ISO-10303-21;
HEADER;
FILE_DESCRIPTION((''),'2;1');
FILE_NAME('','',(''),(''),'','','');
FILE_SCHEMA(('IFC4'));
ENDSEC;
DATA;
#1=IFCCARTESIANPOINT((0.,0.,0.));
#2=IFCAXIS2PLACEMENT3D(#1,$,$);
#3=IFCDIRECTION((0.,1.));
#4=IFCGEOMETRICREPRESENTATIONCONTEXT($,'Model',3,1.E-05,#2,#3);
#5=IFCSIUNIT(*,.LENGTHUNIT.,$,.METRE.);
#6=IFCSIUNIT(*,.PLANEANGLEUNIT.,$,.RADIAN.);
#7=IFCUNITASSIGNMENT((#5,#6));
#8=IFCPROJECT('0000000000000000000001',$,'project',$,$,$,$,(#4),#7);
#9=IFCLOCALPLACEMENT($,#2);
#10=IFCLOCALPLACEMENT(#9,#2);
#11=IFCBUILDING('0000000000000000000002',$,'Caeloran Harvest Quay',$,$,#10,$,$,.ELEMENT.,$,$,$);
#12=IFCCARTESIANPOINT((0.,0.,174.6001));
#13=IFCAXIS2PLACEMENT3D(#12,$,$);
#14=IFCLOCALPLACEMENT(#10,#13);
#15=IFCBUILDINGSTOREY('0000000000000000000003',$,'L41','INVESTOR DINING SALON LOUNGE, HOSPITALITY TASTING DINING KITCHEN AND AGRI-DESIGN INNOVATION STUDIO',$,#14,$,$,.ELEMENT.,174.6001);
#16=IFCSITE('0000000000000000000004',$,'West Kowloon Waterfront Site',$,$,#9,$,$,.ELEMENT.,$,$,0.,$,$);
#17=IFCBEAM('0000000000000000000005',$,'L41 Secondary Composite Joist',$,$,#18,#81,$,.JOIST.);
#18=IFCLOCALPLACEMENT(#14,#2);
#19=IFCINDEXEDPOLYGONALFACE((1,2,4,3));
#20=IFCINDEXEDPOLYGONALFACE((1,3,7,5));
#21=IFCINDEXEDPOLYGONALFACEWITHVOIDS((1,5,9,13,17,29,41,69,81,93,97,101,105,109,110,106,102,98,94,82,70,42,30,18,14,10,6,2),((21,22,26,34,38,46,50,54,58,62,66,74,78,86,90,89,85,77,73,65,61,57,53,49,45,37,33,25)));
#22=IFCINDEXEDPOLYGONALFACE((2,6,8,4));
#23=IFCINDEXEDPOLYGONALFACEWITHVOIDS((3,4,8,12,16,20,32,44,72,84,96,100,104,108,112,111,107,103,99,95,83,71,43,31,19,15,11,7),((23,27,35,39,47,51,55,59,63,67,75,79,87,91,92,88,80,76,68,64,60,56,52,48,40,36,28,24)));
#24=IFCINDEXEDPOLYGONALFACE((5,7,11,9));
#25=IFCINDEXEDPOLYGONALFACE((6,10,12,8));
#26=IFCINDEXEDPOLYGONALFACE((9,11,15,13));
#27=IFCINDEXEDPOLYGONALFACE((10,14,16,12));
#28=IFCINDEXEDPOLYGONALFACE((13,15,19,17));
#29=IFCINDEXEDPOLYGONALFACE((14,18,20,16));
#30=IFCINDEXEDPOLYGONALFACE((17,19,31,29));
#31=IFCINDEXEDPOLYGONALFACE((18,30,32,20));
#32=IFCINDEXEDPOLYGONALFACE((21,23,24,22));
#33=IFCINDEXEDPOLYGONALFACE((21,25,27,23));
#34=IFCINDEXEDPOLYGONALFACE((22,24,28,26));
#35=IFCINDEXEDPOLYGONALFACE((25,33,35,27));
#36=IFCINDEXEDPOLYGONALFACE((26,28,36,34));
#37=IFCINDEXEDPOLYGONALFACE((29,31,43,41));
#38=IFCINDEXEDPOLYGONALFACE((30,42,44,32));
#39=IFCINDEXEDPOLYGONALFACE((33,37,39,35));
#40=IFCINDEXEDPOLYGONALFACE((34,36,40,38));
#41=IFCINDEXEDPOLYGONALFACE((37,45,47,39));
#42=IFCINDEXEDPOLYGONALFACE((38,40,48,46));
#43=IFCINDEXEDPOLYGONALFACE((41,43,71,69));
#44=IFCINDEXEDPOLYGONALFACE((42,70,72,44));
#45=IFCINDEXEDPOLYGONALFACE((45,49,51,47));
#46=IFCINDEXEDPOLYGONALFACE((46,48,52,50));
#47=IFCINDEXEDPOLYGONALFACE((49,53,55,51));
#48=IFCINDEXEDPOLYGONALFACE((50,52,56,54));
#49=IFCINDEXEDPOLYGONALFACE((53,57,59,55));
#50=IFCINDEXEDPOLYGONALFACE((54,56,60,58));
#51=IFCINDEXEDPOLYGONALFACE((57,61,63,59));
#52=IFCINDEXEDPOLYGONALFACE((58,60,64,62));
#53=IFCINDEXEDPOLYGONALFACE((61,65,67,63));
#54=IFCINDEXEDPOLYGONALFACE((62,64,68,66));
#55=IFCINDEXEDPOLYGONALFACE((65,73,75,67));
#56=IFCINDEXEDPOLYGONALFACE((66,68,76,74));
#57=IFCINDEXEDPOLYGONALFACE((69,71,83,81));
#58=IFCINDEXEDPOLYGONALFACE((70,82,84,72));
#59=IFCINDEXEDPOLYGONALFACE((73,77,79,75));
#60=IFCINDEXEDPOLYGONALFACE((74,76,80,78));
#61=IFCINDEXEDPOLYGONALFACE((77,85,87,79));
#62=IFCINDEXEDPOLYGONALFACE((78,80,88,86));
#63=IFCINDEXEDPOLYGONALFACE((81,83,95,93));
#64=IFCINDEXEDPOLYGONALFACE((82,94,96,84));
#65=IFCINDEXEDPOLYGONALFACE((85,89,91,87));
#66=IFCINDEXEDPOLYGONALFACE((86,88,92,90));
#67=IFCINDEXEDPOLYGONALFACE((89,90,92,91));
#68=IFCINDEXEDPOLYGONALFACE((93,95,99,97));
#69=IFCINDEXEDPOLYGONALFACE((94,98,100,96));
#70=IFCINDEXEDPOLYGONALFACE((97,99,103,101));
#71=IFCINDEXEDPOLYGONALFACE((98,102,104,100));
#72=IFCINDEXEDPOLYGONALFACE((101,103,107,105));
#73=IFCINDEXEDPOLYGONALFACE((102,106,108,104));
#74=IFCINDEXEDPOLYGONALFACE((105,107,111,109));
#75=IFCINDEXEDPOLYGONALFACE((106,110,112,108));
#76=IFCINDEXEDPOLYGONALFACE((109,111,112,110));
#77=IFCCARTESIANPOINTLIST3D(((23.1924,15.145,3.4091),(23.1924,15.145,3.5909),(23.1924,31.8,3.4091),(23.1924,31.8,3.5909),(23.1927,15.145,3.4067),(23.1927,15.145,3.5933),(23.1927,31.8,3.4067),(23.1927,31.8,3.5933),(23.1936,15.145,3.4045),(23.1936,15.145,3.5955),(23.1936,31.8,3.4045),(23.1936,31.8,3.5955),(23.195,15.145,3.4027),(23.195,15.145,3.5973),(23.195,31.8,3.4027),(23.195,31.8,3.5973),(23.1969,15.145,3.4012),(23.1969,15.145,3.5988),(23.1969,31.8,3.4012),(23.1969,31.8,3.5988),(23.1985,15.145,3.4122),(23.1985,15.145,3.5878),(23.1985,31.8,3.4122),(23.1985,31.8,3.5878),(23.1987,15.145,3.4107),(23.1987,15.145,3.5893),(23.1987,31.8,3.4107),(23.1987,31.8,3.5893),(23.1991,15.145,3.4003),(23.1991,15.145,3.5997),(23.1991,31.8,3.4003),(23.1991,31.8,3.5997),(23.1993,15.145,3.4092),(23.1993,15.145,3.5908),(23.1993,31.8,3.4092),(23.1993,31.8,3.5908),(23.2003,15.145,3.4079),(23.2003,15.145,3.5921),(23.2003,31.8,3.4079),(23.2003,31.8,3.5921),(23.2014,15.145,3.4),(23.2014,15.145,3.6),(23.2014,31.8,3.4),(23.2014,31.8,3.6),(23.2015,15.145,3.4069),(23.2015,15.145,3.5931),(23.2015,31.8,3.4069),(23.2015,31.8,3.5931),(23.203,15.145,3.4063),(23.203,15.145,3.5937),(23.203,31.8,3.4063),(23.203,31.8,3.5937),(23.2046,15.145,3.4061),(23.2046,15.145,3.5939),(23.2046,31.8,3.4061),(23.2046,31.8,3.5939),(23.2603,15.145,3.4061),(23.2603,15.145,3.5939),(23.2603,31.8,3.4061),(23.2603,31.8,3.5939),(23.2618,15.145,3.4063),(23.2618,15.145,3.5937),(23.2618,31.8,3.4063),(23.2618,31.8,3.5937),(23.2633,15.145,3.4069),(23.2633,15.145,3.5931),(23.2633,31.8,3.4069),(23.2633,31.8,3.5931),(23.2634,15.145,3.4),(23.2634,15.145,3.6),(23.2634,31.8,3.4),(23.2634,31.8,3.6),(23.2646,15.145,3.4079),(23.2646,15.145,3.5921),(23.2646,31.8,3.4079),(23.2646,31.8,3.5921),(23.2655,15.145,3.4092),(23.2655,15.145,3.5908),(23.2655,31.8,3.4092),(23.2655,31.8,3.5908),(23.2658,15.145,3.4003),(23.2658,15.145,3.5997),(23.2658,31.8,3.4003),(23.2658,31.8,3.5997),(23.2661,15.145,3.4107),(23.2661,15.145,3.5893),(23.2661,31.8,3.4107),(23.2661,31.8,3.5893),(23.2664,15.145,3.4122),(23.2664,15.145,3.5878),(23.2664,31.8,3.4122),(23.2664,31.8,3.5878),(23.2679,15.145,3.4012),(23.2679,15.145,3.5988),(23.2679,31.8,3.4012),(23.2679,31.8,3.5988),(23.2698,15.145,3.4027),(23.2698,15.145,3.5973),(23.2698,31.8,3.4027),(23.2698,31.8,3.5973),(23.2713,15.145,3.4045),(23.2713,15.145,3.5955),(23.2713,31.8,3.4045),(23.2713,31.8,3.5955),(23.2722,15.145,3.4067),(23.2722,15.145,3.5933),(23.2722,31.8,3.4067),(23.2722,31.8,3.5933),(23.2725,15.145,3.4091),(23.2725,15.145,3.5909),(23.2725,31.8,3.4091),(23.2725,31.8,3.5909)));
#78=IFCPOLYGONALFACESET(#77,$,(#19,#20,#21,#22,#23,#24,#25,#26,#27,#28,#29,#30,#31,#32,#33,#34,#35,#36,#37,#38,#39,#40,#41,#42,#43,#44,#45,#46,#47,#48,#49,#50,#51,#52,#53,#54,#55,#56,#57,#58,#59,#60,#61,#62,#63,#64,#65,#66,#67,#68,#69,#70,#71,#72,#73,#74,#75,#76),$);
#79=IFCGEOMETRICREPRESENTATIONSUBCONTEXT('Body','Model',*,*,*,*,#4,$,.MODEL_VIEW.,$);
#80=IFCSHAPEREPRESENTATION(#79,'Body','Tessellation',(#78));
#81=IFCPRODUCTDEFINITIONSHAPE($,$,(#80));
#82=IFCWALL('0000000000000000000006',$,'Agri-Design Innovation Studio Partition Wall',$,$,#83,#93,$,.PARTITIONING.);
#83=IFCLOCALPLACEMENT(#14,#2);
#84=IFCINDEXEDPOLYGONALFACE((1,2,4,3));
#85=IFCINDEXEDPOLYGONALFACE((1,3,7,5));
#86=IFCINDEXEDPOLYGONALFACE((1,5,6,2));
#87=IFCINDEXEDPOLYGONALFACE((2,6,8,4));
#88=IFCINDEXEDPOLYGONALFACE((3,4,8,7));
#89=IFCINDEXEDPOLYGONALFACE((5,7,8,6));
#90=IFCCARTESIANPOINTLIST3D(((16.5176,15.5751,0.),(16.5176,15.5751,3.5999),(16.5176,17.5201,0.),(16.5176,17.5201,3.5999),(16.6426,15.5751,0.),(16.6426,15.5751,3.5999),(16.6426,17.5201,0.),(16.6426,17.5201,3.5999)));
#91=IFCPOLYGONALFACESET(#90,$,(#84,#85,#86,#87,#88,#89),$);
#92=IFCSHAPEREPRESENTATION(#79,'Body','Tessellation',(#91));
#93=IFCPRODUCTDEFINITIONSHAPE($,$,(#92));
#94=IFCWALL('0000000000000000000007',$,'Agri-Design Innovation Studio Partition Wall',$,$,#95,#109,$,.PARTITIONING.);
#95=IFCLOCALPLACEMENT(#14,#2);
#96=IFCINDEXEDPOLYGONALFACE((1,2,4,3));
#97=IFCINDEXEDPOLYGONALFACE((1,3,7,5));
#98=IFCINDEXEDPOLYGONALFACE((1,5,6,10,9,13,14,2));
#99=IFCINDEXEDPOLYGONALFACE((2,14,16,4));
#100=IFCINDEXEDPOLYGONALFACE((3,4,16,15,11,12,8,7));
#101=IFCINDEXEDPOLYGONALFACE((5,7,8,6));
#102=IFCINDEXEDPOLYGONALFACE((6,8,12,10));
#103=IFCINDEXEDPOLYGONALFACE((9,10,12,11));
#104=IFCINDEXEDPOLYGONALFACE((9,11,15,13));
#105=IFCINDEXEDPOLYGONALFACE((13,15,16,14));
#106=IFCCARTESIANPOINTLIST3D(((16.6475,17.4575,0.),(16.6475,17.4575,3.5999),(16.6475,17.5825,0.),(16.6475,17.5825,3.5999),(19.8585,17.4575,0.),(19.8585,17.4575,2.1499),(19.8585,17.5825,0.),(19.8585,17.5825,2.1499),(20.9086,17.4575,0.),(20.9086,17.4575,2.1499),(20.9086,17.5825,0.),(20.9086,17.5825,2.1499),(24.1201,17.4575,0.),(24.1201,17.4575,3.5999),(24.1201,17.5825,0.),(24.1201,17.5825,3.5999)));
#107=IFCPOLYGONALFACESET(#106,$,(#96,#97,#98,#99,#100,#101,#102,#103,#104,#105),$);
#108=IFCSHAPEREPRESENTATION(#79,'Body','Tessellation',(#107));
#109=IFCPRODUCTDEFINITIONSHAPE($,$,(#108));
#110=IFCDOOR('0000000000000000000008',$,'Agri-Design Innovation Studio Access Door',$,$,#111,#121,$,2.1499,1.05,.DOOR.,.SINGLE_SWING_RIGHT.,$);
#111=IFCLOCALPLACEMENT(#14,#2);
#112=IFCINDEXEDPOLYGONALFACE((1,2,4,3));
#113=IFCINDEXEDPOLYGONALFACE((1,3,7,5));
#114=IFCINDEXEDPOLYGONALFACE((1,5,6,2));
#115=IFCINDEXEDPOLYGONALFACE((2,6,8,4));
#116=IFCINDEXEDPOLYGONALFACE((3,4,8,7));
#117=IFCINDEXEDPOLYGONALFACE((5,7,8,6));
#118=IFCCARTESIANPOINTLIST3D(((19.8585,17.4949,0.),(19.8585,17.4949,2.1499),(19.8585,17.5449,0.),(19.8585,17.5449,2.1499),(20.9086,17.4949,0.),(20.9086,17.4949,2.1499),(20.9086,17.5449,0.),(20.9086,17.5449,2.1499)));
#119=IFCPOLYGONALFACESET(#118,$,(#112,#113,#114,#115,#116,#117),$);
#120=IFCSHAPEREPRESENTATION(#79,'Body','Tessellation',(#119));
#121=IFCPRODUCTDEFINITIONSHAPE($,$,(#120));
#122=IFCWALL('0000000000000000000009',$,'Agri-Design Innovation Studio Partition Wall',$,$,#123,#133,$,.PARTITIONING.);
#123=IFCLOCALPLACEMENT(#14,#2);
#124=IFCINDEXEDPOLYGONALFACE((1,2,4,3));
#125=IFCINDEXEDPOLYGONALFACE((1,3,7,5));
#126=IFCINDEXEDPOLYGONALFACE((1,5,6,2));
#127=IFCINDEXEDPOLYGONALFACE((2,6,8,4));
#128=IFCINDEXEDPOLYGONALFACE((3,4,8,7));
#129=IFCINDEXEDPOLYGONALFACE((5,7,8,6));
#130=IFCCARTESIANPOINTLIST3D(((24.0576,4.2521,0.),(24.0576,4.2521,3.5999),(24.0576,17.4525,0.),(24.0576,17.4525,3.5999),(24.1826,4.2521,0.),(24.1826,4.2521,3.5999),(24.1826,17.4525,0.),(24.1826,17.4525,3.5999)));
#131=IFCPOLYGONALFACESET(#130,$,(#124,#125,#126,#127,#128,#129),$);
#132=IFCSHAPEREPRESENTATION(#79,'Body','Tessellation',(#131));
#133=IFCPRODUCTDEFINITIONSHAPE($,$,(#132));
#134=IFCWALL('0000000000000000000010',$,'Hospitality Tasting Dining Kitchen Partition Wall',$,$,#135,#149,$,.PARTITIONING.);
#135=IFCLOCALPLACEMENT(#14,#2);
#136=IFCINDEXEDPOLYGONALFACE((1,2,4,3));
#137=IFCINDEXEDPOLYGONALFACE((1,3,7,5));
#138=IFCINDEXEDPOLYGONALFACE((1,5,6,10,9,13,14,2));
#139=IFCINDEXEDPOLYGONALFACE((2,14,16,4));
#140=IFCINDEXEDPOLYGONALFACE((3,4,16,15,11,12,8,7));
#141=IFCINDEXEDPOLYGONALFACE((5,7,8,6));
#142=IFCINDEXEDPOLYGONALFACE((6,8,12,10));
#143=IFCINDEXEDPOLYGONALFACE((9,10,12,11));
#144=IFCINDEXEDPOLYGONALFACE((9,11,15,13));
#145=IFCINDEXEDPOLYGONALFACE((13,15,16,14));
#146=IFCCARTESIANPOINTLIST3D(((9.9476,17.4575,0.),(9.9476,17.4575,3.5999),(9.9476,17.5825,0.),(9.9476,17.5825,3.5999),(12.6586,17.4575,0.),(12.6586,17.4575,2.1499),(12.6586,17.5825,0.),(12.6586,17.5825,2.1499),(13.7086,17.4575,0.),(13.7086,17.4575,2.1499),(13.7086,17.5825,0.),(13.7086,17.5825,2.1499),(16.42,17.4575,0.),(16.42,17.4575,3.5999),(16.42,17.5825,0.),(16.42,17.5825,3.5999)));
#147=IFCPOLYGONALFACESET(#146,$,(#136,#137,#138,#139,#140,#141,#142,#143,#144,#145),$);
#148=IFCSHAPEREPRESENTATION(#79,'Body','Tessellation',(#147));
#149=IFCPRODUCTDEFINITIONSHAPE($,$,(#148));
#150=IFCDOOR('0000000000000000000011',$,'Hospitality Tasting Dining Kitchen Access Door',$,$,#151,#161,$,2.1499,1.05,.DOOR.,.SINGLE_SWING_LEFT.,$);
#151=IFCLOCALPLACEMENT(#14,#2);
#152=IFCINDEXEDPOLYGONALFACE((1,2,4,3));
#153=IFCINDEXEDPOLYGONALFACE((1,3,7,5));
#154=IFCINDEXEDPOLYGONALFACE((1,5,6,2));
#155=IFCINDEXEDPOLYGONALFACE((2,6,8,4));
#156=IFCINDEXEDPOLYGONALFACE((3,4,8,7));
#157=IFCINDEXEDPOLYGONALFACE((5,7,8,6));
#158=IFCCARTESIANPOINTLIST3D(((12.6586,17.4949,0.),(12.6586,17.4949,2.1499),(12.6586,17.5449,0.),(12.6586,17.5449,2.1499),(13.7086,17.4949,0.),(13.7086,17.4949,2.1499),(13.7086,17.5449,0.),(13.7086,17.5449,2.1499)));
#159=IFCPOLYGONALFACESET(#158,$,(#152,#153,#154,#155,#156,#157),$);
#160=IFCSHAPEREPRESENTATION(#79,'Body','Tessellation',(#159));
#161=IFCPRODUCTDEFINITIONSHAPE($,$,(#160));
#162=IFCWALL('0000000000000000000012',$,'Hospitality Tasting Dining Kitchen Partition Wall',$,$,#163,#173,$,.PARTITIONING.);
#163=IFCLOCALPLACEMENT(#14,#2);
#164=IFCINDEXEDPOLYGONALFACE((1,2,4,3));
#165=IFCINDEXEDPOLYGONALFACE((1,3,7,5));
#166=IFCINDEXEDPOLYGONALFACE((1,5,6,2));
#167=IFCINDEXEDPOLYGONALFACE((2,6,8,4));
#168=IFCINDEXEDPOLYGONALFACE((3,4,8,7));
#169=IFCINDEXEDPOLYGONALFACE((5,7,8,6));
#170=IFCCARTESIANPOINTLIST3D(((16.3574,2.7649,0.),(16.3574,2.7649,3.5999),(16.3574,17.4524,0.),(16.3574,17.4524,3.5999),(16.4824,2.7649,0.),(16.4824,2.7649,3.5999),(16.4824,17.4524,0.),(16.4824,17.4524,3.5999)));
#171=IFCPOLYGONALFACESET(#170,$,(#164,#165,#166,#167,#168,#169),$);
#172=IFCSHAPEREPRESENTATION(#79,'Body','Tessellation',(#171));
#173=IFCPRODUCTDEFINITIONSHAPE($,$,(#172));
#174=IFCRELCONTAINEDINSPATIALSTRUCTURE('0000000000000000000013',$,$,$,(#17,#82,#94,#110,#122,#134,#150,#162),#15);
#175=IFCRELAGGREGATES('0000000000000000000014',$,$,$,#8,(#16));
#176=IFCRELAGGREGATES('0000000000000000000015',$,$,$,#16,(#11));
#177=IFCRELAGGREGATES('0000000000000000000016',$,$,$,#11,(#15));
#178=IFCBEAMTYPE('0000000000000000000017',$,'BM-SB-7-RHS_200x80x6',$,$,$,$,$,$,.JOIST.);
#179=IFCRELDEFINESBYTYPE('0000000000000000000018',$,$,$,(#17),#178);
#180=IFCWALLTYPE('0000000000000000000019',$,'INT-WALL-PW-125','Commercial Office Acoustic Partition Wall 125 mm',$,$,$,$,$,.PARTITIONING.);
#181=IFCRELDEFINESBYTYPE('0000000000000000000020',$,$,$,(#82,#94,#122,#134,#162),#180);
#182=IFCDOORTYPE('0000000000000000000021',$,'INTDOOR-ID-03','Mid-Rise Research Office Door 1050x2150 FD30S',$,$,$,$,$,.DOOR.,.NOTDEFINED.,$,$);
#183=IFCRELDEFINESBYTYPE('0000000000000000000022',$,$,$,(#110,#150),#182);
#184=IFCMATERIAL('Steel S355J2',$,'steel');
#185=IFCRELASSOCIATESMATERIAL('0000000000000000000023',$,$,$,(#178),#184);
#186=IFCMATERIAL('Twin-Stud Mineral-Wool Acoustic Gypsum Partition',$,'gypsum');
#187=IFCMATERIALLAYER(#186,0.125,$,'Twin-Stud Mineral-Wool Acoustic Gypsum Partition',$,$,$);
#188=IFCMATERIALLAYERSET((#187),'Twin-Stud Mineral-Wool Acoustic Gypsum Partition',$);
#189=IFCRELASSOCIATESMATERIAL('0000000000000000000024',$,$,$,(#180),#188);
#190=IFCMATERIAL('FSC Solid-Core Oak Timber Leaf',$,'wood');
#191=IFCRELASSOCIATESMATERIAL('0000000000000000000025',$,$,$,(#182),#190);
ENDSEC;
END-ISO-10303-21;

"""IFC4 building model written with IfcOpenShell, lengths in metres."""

from ifc_helpers import new_model, si_unit, direction, frame, frame_2d, origin, origin_2d, place, context, subcontext, project, spatial, rectangle, hollow_rectangle, extrude, material, layer, layer_set, material_profile, profile_set, type_object, element, fill, save


model = new_model("IFC4")

# Units and contexts
model_context = context("Model", 3, precision=1e-05, world=origin(), true_north=direction((0.0, 1.0)))
body_context = subcontext(model_context, "Body", "Model", "MODEL_VIEW")
ifc_project = project(units=[si_unit("LENGTHUNIT", "METRE"), si_unit("PLANEANGLEUNIT", "RADIAN")], contexts=[model_context])

# Site, building, storey
site_placement = place(None, origin())
site = spatial("IfcSite", under=ifc_project, at=site_placement, Name="West Kowloon Waterfront Site", CompositionType="ELEMENT", RefElevation=0.0)
building_placement = place(site_placement, origin())
building = spatial("IfcBuilding", under=site, at=building_placement, Name="Caeloran Harvest Quay", CompositionType="ELEMENT")
storey_placement = place(building_placement, frame((0.0, 0.0, 174.6001)))
storey = spatial("IfcBuildingStorey", under=building, at=storey_placement, Name="L41", Description="INVESTOR DINING SALON LOUNGE, HOSPITALITY TASTING DINING KITCHEN AND AGRI-DESIGN INNOVATION STUDIO", CompositionType="ELEMENT", Elevation=174.6001)

# Beam
ifc_material_1 = material(Name="Steel S355J2", Category="steel")
ifc_material_profile_1 = material_profile(ifc_material_1, hollow_rectangle(XDim=0.0801, YDim=0.2, WallThickness=0.0061, InnerFilletRadius=0.0061, OuterFilletRadius=0.009, at=origin_2d()), Name="RHS 200x80x6")
ifc_profile_set_1 = profile_set([ifc_material_profile_1], Name="Steel S355J2")
beam_type_1 = type_object("IfcBeamType", Name="BM-SB-7-RHS_200x80x6", PredefinedType="JOIST", material=ifc_profile_set_1)
for number, where, z_axis, x_axis, name in (
    (1, (23.2324, 15.145, 3.5), (0.0, 1.0, 0.0), (-1.0, 0.0, 0.0), "L41 Secondary Composite Joist"),
):
    element("IfcBeam", number, at=place(storey_placement, frame(where, z_axis=z_axis, x_axis=x_axis)), inside=storey, type_object=beam_type_1, Name=name, PredefinedType="JOIST", context=body_context, shape_type="SweptSolid", body=[
        extrude(hollow_rectangle(XDim=0.0801, YDim=0.2, WallThickness=0.0061, InnerFilletRadius=0.0061, OuterFilletRadius=0.009, at=origin_2d()), origin(), (0.0, 0.0, 1.0), 16.655),
    ])

# Wall
ifc_material_2 = material(Name="Twin-Stud Mineral-Wool Acoustic Gypsum Partition", Category="gypsum")
ifc_layer_1 = layer(ifc_material_2, 0.125, Name="Twin-Stud Mineral-Wool Acoustic Gypsum Partition")
ifc_layer_set_1 = layer_set([ifc_layer_1], Name="Twin-Stud Mineral-Wool Acoustic Gypsum Partition")
wall_type = type_object("IfcWallType", Name="INT-WALL-PW-125", Description="Commercial Office Acoustic Partition Wall 125 mm", PredefinedType="PARTITIONING", material=ifc_layer_set_1)
wall_1_placement = place(storey_placement, frame((16.5801, 15.575, 0.0), z_axis=(0.0, 0.0, 1.0), x_axis=(0.0, 1.0, 0.0)))
element("IfcWall", 2, at=wall_1_placement, inside=storey, type_object=wall_type, Name="Agri-Design Innovation Studio Partition Wall", PredefinedType="PARTITIONING", context=body_context, shape_type="SweptSolid", body=[
    extrude(rectangle(XDim=1.9451, YDim=0.125, at=frame_2d((0.9727, 0.0))), origin(), (0.0, 0.0, 1.0), 3.5999),
])

# Wall, opening, door
wall_2_placement = place(storey_placement, frame((16.6475, 17.52, 0.0), z_axis=(0.0, 0.0, 1.0), x_axis=(1.0, 0.0, 0.0)))
wall_2 = element("IfcWall", 3, at=wall_2_placement, inside=storey, type_object=wall_type, Name="Agri-Design Innovation Studio Partition Wall", PredefinedType="PARTITIONING", context=body_context, shape_type="SweptSolid", body=[
    extrude(rectangle(XDim=7.4727, YDim=0.125, at=frame_2d((3.7363, 0.0))), origin(), (0.0, 0.0, 1.0), 3.5999),
])
opening_1_placement = place(wall_2_placement, frame((3.2112, 0.0, 0.0)))
opening_1 = element("IfcOpeningElement", 4, at=opening_1_placement, cuts=wall_2, PredefinedType="OPENING", context=body_context, shape_type="SweptSolid", body=[
    extrude(rectangle(XDim=1.05, YDim=2.1499, at=frame_2d((0.5249, 1.075))), frame((0.0, 0.0725, 0.0), z_axis=(0.0, -1.0, 0.0), x_axis=(1.0, 0.0, 0.0)), (0.0, 0.0, 1.0), 0.145),
])
ifc_material_3 = material(Name="FSC Solid-Core Oak Timber Leaf", Category="wood")
door_type = type_object("IfcDoorType", Name="INTDOOR-ID-03", Description="Mid-Rise Research Office Door 1050x2150 FD30S", OperationType="NOTDEFINED", PredefinedType="DOOR", material=ifc_material_3)
door_1_placement = place(opening_1_placement, origin())
door_1 = element("IfcDoor", 5, at=door_1_placement, inside=storey, type_object=door_type, Name="Agri-Design Innovation Studio Access Door", OperationType="SINGLE_SWING_RIGHT", OverallHeight=2.1499, OverallWidth=1.05, PredefinedType="DOOR", context=body_context, shape_type="SweptSolid", body=[
    extrude(rectangle(XDim=1.05, YDim=2.1499, at=frame_2d((0.5249, 1.075))), frame((0.0, 0.0249, 0.0), z_axis=(0.0, -1.0, 0.0), x_axis=(1.0, 0.0, 0.0)), (0.0, 0.0, 1.0), 0.05),
])
fill(opening_1, door_1)

# Wall
wall_3_placement = place(storey_placement, frame((24.1201, 17.4524, 0.0), z_axis=(0.0, 0.0, 1.0), x_axis=(0.0, -1.0, 0.0)))
element("IfcWall", 6, at=wall_3_placement, inside=storey, type_object=wall_type, Name="Agri-Design Innovation Studio Partition Wall", PredefinedType="PARTITIONING", context=body_context, shape_type="SweptSolid", body=[
    extrude(rectangle(XDim=13.2004, YDim=0.125, at=frame_2d((6.6001, 0.0))), origin(), (0.0, 0.0, 1.0), 3.5999),
])

# Wall, opening, door
wall_4_placement = place(storey_placement, frame((9.9475, 17.52, 0.0), z_axis=(0.0, 0.0, 1.0), x_axis=(1.0, 0.0, 0.0)))
wall_4 = element("IfcWall", 7, at=wall_4_placement, inside=storey, type_object=wall_type, Name="Hospitality Tasting Dining Kitchen Partition Wall", PredefinedType="PARTITIONING", context=body_context, shape_type="SweptSolid", body=[
    extrude(rectangle(XDim=6.4724, YDim=0.125, at=frame_2d((3.2363, 0.0))), origin(), (0.0, 0.0, 1.0), 3.5999),
])
opening_2_placement = place(wall_4_placement, frame((2.7112, 0.0, 0.0)))
opening_2 = element("IfcOpeningElement", 8, at=opening_2_placement, cuts=wall_4, PredefinedType="OPENING", context=body_context, shape_type="SweptSolid", body=[
    extrude(rectangle(XDim=1.05, YDim=2.1499, at=frame_2d((0.5249, 1.075))), frame((0.0, 0.0725, 0.0), z_axis=(0.0, -1.0, 0.0), x_axis=(1.0, 0.0, 0.0)), (0.0, 0.0, 1.0), 0.145),
])
door_2_placement = place(opening_2_placement, origin())
door_2 = element("IfcDoor", 9, at=door_2_placement, inside=storey, type_object=door_type, Name="Hospitality Tasting Dining Kitchen Access Door", OperationType="SINGLE_SWING_LEFT", OverallHeight=2.1499, OverallWidth=1.05, PredefinedType="DOOR", context=body_context, shape_type="SweptSolid", body=[
    extrude(rectangle(XDim=1.05, YDim=2.1499, at=frame_2d((0.5249, 1.075))), frame((0.0, 0.0249, 0.0), z_axis=(0.0, -1.0, 0.0), x_axis=(1.0, 0.0, 0.0)), (0.0, 0.0, 1.0), 0.05),
])
fill(opening_2, door_2)

# Wall
wall_5_placement = place(storey_placement, frame((16.4199, 17.4524, 0.0), z_axis=(0.0, 0.0, 1.0), x_axis=(0.0, -1.0, 0.0)))
element("IfcWall", 10, at=wall_5_placement, inside=storey, type_object=wall_type, Name="Hospitality Tasting Dining Kitchen Partition Wall", PredefinedType="PARTITIONING", context=body_context, shape_type="SweptSolid", body=[
    extrude(rectangle(XDim=14.6875, YDim=0.125, at=frame_2d((7.3438, 0.0))), origin(), (0.0, 0.0, 1.0), 3.5999),
])

save(model, "model.ifc")
